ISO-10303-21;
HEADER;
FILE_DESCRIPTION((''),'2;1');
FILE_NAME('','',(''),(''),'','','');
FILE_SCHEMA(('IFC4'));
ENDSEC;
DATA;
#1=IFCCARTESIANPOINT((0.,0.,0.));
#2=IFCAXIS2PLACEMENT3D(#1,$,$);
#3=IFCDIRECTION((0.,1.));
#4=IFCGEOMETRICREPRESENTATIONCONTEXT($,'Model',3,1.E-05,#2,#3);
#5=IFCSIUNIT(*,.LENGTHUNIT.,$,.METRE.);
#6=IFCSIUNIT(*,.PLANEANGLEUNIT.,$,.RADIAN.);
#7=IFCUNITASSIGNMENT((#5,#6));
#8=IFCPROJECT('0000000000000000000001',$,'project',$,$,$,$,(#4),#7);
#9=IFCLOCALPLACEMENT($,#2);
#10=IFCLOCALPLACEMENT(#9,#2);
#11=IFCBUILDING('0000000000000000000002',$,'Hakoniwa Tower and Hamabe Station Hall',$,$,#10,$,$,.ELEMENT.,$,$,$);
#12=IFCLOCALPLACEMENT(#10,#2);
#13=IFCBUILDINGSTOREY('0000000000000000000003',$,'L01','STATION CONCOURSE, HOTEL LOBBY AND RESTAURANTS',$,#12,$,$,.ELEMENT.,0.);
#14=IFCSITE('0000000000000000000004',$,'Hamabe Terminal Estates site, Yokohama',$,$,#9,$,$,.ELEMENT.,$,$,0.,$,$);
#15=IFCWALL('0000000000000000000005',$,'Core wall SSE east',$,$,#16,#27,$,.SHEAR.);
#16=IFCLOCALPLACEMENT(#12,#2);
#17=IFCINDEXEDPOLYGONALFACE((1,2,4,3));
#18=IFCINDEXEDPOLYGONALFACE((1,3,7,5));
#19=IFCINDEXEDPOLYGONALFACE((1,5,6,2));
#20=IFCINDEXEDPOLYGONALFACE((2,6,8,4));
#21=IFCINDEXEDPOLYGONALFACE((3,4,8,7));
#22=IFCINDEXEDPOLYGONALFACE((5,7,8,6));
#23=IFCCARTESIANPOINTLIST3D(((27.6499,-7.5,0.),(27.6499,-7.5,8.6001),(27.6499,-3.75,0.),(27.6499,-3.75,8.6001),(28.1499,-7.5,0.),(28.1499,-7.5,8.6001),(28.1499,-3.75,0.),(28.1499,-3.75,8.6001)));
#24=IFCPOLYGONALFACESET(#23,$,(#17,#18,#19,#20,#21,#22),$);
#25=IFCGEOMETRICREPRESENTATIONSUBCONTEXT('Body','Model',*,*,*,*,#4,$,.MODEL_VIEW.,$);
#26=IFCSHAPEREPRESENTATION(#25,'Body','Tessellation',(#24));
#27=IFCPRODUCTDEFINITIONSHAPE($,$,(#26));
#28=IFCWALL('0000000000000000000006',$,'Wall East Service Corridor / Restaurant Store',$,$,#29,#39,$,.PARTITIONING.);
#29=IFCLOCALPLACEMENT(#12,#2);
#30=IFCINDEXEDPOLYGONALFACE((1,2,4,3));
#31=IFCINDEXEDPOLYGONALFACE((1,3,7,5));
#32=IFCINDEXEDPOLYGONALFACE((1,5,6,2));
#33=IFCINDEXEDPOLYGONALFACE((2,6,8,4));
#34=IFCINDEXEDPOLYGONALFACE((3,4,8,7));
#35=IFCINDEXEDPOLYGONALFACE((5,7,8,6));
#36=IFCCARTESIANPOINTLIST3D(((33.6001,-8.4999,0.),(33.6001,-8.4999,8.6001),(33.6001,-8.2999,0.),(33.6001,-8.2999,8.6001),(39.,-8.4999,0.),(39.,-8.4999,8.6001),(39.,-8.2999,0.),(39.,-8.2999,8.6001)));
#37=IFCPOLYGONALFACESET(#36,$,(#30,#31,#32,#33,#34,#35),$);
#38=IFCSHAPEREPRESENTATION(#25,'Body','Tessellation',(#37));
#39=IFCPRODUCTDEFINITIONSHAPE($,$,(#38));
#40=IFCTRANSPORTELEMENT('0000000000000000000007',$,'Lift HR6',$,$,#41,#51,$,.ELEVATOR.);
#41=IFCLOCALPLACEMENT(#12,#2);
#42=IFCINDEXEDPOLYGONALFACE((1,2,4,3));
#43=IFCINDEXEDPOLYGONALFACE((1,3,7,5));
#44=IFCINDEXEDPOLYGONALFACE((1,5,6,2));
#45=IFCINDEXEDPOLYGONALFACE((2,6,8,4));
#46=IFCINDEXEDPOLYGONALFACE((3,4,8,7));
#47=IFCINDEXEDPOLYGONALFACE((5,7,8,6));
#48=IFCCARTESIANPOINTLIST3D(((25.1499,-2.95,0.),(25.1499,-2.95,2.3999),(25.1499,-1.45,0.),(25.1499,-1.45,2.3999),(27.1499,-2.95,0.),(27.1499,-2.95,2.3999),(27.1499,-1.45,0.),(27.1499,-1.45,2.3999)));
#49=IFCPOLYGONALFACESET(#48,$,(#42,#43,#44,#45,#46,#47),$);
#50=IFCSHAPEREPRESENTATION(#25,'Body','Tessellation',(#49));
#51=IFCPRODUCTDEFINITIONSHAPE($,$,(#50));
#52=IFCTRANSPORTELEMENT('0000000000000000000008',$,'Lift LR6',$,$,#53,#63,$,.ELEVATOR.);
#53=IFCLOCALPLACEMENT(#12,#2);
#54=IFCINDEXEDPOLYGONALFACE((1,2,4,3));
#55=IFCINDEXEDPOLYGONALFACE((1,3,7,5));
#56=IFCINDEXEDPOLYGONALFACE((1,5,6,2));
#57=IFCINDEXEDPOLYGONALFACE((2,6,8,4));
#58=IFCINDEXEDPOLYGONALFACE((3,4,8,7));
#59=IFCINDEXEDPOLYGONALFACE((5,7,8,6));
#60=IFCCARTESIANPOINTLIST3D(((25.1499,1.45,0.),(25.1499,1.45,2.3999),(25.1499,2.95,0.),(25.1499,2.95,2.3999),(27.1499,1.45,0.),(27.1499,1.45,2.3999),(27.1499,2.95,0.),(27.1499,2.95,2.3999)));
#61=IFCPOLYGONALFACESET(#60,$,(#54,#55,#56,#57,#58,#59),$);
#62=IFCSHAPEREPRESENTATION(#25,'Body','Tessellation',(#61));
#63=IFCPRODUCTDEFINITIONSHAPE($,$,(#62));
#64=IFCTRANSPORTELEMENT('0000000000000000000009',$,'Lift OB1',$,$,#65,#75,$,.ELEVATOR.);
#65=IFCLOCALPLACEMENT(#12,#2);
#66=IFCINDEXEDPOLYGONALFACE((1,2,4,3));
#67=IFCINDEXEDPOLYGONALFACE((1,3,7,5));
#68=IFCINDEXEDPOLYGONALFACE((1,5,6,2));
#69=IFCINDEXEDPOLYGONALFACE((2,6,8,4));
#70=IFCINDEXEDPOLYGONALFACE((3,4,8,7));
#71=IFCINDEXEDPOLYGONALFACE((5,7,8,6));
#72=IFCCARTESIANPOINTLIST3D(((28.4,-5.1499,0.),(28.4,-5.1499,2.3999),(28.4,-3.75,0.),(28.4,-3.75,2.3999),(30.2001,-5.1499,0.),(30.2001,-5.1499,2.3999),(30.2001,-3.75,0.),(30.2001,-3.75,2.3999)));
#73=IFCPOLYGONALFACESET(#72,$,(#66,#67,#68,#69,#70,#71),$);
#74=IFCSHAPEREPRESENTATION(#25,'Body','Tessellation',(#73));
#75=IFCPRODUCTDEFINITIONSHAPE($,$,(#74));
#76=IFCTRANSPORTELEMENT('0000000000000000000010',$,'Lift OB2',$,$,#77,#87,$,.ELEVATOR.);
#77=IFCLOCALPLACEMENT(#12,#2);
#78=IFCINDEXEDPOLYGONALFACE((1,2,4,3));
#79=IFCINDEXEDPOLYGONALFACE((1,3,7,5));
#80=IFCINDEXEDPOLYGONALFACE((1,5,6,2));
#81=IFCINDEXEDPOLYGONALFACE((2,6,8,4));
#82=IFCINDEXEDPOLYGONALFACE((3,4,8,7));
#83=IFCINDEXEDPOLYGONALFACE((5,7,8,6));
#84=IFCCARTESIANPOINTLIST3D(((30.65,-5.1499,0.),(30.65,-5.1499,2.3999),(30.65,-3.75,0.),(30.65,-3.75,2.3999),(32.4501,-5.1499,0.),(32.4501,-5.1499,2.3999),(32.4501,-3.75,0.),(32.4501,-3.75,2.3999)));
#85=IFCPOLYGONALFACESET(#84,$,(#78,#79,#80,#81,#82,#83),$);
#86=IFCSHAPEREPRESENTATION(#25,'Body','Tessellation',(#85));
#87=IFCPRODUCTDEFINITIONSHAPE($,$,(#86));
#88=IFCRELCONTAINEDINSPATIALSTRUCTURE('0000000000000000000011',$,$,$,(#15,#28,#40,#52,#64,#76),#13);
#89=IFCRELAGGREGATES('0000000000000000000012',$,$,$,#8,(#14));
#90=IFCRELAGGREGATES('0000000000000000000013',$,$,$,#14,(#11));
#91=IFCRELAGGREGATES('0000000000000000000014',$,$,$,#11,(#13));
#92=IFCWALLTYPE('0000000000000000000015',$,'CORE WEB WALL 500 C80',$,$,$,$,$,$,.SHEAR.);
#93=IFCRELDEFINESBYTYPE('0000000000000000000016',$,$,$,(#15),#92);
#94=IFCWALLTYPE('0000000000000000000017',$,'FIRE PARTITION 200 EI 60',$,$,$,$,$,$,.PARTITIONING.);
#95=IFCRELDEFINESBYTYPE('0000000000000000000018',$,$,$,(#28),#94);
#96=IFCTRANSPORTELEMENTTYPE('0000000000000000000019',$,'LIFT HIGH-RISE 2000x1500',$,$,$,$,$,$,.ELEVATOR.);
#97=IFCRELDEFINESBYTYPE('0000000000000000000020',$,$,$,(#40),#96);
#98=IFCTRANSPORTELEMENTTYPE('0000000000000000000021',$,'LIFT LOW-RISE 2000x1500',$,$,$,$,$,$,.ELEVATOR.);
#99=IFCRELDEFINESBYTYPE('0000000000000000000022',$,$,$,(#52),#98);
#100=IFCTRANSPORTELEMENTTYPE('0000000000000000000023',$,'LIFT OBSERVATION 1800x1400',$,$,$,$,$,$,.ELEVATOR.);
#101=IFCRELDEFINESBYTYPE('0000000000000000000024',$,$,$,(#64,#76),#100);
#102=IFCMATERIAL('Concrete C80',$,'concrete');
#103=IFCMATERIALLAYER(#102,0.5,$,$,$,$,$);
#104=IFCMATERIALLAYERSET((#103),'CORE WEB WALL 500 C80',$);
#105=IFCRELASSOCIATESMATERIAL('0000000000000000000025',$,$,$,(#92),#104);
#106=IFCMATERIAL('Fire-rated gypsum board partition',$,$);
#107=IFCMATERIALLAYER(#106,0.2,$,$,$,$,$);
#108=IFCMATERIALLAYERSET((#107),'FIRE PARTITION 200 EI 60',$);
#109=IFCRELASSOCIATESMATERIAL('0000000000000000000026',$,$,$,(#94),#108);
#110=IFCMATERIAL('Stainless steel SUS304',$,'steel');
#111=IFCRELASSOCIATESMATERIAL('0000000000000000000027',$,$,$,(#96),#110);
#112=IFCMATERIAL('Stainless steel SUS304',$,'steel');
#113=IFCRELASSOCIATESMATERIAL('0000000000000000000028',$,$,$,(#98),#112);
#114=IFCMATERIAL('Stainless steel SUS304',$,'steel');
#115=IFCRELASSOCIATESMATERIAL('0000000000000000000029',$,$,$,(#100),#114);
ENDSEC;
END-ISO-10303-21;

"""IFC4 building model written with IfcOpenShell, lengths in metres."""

from ifc_helpers import new_model, si_unit, direction, frame, frame_2d, origin, origin_2d, place, context, subcontext, project, spatial, rectangle, extrude, material, layer, layer_set, type_object, element, save


model = new_model("IFC4")

# Units and contexts
model_context = context("Model", 3, precision=1e-05, world=origin(), true_north=direction((0.0, 1.0)))
body_context = subcontext(model_context, "Body", "Model", "MODEL_VIEW")
ifc_project = project(units=[si_unit("LENGTHUNIT", "METRE"), si_unit("PLANEANGLEUNIT", "RADIAN")], contexts=[model_context])

# Site, building, storey
site_placement = place(None, origin())
site = spatial("IfcSite", under=ifc_project, at=site_placement, Name="Hamabe Terminal Estates site, Yokohama", CompositionType="ELEMENT", RefElevation=0.0)
building_placement = place(site_placement, origin())
building = spatial("IfcBuilding", under=site, at=building_placement, Name="Hakoniwa Tower and Hamabe Station Hall", CompositionType="ELEMENT")
storey_placement = place(building_placement, origin())
storey = spatial("IfcBuildingStorey", under=building, at=storey_placement, Name="L01", Description="STATION CONCOURSE, HOTEL LOBBY AND RESTAURANTS", CompositionType="ELEMENT", Elevation=0.0)

# Walls
ifc_material_1 = material(Name="Concrete C80", Category="concrete")
ifc_layer_1 = layer(ifc_material_1, 0.5)
ifc_layer_set_1 = layer_set([ifc_layer_1], Name="CORE WEB WALL 500 C80")
wall_type_1 = type_object("IfcWallType", Name="CORE WEB WALL 500 C80", PredefinedType="SHEAR", material=ifc_layer_set_1)
wall_1_placement = place(storey_placement, frame((27.8999, -7.5, 0.0), z_axis=(0.0, 0.0, 1.0), x_axis=(0.0, 1.0, 0.0)))
element("IfcWall", 1, at=wall_1_placement, inside=storey, type_object=wall_type_1, Name="Core wall SSE east", PredefinedType="SHEAR", context=body_context, shape_type="SweptSolid", body=[
    extrude(rectangle(XDim=3.75, YDim=0.5, at=frame_2d((1.875, 0.0))), origin(), (0.0, 0.0, 1.0), 8.6001),
])
ifc_material_2 = material(Name="Fire-rated gypsum board partition")
ifc_layer_2 = layer(ifc_material_2, 0.2)
ifc_layer_set_2 = layer_set([ifc_layer_2], Name="FIRE PARTITION 200 EI 60")
wall_type_2 = type_object("IfcWallType", Name="FIRE PARTITION 200 EI 60", PredefinedType="PARTITIONING", material=ifc_layer_set_2)
wall_2_placement = place(storey_placement, frame((33.6001, -8.3999, 0.0), z_axis=(0.0, 0.0, 1.0), x_axis=(1.0, 0.0, 0.0)))
element("IfcWall", 2, at=wall_2_placement, inside=storey, type_object=wall_type_2, Name="Wall East Service Corridor / Restaurant Store", PredefinedType="PARTITIONING", context=body_context, shape_type="SweptSolid", body=[
    extrude(rectangle(XDim=5.3999, YDim=0.2, at=frame_2d((2.7, 0.0))), origin(), (0.0, 0.0, 1.0), 8.6001),
])

# Transport elements
ifc_material_3 = material(Name="Stainless steel SUS304", Category="steel")
transport_element_type_1 = type_object("IfcTransportElementType", Name="LIFT HIGH-RISE 2000x1500", PredefinedType="ELEVATOR", material=ifc_material_3)
transport_element_1_placement = place(storey_placement, frame((26.1499, -2.2, 0.0), z_axis=(0.0, 0.0, 1.0), x_axis=(1.0, 0.0, 0.0)))
element("IfcTransportElement", 3, at=transport_element_1_placement, inside=storey, type_object=transport_element_type_1, Name="Lift HR6", PredefinedType="ELEVATOR", context=body_context, shape_type="SweptSolid", body=[
    extrude(rectangle(XDim=2.0, YDim=1.5, at=origin_2d()), origin(), (0.0, 0.0, 1.0), 2.3999),
])
ifc_material_4 = material(Name="Stainless steel SUS304", Category="steel")
transport_element_type_2 = type_object("IfcTransportElementType", Name="LIFT LOW-RISE 2000x1500", PredefinedType="ELEVATOR", material=ifc_material_4)
transport_element_2_placement = place(storey_placement, frame((26.1499, 2.2, 0.0), z_axis=(0.0, 0.0, 1.0), x_axis=(1.0, 0.0, 0.0)))
element("IfcTransportElement", 4, at=transport_element_2_placement, inside=storey, type_object=transport_element_type_2, Name="Lift LR6", PredefinedType="ELEVATOR", context=body_context, shape_type="SweptSolid", body=[
    extrude(rectangle(XDim=2.0, YDim=1.5, at=origin_2d()), origin(), (0.0, 0.0, 1.0), 2.3999),
])
ifc_material_5 = material(Name="Stainless steel SUS304", Category="steel")
transport_element_type_3 = type_object("IfcTransportElementType", Name="LIFT OBSERVATION 1800x1400", PredefinedType="ELEVATOR", material=ifc_material_5)
for number, where, z_axis, x_axis, name in (
    (5, (29.3, -4.45, 0.0), (0.0, 0.0, 1.0), (1.0, 0.0, 0.0), "Lift OB1"),
    (6, (31.55, -4.45, 0.0), (0.0, 0.0, 1.0), (1.0, 0.0, 0.0), "Lift OB2"),
):
    element("IfcTransportElement", number, at=place(storey_placement, frame(where, z_axis=z_axis, x_axis=x_axis)), inside=storey, type_object=transport_element_type_3, Name=name, PredefinedType="ELEVATOR", context=body_context, shape_type="SweptSolid", body=[
        extrude(rectangle(XDim=1.8, YDim=1.3999, at=origin_2d()), origin(), (0.0, 0.0, 1.0), 2.3999),
    ])

save(model, "model.ifc")
